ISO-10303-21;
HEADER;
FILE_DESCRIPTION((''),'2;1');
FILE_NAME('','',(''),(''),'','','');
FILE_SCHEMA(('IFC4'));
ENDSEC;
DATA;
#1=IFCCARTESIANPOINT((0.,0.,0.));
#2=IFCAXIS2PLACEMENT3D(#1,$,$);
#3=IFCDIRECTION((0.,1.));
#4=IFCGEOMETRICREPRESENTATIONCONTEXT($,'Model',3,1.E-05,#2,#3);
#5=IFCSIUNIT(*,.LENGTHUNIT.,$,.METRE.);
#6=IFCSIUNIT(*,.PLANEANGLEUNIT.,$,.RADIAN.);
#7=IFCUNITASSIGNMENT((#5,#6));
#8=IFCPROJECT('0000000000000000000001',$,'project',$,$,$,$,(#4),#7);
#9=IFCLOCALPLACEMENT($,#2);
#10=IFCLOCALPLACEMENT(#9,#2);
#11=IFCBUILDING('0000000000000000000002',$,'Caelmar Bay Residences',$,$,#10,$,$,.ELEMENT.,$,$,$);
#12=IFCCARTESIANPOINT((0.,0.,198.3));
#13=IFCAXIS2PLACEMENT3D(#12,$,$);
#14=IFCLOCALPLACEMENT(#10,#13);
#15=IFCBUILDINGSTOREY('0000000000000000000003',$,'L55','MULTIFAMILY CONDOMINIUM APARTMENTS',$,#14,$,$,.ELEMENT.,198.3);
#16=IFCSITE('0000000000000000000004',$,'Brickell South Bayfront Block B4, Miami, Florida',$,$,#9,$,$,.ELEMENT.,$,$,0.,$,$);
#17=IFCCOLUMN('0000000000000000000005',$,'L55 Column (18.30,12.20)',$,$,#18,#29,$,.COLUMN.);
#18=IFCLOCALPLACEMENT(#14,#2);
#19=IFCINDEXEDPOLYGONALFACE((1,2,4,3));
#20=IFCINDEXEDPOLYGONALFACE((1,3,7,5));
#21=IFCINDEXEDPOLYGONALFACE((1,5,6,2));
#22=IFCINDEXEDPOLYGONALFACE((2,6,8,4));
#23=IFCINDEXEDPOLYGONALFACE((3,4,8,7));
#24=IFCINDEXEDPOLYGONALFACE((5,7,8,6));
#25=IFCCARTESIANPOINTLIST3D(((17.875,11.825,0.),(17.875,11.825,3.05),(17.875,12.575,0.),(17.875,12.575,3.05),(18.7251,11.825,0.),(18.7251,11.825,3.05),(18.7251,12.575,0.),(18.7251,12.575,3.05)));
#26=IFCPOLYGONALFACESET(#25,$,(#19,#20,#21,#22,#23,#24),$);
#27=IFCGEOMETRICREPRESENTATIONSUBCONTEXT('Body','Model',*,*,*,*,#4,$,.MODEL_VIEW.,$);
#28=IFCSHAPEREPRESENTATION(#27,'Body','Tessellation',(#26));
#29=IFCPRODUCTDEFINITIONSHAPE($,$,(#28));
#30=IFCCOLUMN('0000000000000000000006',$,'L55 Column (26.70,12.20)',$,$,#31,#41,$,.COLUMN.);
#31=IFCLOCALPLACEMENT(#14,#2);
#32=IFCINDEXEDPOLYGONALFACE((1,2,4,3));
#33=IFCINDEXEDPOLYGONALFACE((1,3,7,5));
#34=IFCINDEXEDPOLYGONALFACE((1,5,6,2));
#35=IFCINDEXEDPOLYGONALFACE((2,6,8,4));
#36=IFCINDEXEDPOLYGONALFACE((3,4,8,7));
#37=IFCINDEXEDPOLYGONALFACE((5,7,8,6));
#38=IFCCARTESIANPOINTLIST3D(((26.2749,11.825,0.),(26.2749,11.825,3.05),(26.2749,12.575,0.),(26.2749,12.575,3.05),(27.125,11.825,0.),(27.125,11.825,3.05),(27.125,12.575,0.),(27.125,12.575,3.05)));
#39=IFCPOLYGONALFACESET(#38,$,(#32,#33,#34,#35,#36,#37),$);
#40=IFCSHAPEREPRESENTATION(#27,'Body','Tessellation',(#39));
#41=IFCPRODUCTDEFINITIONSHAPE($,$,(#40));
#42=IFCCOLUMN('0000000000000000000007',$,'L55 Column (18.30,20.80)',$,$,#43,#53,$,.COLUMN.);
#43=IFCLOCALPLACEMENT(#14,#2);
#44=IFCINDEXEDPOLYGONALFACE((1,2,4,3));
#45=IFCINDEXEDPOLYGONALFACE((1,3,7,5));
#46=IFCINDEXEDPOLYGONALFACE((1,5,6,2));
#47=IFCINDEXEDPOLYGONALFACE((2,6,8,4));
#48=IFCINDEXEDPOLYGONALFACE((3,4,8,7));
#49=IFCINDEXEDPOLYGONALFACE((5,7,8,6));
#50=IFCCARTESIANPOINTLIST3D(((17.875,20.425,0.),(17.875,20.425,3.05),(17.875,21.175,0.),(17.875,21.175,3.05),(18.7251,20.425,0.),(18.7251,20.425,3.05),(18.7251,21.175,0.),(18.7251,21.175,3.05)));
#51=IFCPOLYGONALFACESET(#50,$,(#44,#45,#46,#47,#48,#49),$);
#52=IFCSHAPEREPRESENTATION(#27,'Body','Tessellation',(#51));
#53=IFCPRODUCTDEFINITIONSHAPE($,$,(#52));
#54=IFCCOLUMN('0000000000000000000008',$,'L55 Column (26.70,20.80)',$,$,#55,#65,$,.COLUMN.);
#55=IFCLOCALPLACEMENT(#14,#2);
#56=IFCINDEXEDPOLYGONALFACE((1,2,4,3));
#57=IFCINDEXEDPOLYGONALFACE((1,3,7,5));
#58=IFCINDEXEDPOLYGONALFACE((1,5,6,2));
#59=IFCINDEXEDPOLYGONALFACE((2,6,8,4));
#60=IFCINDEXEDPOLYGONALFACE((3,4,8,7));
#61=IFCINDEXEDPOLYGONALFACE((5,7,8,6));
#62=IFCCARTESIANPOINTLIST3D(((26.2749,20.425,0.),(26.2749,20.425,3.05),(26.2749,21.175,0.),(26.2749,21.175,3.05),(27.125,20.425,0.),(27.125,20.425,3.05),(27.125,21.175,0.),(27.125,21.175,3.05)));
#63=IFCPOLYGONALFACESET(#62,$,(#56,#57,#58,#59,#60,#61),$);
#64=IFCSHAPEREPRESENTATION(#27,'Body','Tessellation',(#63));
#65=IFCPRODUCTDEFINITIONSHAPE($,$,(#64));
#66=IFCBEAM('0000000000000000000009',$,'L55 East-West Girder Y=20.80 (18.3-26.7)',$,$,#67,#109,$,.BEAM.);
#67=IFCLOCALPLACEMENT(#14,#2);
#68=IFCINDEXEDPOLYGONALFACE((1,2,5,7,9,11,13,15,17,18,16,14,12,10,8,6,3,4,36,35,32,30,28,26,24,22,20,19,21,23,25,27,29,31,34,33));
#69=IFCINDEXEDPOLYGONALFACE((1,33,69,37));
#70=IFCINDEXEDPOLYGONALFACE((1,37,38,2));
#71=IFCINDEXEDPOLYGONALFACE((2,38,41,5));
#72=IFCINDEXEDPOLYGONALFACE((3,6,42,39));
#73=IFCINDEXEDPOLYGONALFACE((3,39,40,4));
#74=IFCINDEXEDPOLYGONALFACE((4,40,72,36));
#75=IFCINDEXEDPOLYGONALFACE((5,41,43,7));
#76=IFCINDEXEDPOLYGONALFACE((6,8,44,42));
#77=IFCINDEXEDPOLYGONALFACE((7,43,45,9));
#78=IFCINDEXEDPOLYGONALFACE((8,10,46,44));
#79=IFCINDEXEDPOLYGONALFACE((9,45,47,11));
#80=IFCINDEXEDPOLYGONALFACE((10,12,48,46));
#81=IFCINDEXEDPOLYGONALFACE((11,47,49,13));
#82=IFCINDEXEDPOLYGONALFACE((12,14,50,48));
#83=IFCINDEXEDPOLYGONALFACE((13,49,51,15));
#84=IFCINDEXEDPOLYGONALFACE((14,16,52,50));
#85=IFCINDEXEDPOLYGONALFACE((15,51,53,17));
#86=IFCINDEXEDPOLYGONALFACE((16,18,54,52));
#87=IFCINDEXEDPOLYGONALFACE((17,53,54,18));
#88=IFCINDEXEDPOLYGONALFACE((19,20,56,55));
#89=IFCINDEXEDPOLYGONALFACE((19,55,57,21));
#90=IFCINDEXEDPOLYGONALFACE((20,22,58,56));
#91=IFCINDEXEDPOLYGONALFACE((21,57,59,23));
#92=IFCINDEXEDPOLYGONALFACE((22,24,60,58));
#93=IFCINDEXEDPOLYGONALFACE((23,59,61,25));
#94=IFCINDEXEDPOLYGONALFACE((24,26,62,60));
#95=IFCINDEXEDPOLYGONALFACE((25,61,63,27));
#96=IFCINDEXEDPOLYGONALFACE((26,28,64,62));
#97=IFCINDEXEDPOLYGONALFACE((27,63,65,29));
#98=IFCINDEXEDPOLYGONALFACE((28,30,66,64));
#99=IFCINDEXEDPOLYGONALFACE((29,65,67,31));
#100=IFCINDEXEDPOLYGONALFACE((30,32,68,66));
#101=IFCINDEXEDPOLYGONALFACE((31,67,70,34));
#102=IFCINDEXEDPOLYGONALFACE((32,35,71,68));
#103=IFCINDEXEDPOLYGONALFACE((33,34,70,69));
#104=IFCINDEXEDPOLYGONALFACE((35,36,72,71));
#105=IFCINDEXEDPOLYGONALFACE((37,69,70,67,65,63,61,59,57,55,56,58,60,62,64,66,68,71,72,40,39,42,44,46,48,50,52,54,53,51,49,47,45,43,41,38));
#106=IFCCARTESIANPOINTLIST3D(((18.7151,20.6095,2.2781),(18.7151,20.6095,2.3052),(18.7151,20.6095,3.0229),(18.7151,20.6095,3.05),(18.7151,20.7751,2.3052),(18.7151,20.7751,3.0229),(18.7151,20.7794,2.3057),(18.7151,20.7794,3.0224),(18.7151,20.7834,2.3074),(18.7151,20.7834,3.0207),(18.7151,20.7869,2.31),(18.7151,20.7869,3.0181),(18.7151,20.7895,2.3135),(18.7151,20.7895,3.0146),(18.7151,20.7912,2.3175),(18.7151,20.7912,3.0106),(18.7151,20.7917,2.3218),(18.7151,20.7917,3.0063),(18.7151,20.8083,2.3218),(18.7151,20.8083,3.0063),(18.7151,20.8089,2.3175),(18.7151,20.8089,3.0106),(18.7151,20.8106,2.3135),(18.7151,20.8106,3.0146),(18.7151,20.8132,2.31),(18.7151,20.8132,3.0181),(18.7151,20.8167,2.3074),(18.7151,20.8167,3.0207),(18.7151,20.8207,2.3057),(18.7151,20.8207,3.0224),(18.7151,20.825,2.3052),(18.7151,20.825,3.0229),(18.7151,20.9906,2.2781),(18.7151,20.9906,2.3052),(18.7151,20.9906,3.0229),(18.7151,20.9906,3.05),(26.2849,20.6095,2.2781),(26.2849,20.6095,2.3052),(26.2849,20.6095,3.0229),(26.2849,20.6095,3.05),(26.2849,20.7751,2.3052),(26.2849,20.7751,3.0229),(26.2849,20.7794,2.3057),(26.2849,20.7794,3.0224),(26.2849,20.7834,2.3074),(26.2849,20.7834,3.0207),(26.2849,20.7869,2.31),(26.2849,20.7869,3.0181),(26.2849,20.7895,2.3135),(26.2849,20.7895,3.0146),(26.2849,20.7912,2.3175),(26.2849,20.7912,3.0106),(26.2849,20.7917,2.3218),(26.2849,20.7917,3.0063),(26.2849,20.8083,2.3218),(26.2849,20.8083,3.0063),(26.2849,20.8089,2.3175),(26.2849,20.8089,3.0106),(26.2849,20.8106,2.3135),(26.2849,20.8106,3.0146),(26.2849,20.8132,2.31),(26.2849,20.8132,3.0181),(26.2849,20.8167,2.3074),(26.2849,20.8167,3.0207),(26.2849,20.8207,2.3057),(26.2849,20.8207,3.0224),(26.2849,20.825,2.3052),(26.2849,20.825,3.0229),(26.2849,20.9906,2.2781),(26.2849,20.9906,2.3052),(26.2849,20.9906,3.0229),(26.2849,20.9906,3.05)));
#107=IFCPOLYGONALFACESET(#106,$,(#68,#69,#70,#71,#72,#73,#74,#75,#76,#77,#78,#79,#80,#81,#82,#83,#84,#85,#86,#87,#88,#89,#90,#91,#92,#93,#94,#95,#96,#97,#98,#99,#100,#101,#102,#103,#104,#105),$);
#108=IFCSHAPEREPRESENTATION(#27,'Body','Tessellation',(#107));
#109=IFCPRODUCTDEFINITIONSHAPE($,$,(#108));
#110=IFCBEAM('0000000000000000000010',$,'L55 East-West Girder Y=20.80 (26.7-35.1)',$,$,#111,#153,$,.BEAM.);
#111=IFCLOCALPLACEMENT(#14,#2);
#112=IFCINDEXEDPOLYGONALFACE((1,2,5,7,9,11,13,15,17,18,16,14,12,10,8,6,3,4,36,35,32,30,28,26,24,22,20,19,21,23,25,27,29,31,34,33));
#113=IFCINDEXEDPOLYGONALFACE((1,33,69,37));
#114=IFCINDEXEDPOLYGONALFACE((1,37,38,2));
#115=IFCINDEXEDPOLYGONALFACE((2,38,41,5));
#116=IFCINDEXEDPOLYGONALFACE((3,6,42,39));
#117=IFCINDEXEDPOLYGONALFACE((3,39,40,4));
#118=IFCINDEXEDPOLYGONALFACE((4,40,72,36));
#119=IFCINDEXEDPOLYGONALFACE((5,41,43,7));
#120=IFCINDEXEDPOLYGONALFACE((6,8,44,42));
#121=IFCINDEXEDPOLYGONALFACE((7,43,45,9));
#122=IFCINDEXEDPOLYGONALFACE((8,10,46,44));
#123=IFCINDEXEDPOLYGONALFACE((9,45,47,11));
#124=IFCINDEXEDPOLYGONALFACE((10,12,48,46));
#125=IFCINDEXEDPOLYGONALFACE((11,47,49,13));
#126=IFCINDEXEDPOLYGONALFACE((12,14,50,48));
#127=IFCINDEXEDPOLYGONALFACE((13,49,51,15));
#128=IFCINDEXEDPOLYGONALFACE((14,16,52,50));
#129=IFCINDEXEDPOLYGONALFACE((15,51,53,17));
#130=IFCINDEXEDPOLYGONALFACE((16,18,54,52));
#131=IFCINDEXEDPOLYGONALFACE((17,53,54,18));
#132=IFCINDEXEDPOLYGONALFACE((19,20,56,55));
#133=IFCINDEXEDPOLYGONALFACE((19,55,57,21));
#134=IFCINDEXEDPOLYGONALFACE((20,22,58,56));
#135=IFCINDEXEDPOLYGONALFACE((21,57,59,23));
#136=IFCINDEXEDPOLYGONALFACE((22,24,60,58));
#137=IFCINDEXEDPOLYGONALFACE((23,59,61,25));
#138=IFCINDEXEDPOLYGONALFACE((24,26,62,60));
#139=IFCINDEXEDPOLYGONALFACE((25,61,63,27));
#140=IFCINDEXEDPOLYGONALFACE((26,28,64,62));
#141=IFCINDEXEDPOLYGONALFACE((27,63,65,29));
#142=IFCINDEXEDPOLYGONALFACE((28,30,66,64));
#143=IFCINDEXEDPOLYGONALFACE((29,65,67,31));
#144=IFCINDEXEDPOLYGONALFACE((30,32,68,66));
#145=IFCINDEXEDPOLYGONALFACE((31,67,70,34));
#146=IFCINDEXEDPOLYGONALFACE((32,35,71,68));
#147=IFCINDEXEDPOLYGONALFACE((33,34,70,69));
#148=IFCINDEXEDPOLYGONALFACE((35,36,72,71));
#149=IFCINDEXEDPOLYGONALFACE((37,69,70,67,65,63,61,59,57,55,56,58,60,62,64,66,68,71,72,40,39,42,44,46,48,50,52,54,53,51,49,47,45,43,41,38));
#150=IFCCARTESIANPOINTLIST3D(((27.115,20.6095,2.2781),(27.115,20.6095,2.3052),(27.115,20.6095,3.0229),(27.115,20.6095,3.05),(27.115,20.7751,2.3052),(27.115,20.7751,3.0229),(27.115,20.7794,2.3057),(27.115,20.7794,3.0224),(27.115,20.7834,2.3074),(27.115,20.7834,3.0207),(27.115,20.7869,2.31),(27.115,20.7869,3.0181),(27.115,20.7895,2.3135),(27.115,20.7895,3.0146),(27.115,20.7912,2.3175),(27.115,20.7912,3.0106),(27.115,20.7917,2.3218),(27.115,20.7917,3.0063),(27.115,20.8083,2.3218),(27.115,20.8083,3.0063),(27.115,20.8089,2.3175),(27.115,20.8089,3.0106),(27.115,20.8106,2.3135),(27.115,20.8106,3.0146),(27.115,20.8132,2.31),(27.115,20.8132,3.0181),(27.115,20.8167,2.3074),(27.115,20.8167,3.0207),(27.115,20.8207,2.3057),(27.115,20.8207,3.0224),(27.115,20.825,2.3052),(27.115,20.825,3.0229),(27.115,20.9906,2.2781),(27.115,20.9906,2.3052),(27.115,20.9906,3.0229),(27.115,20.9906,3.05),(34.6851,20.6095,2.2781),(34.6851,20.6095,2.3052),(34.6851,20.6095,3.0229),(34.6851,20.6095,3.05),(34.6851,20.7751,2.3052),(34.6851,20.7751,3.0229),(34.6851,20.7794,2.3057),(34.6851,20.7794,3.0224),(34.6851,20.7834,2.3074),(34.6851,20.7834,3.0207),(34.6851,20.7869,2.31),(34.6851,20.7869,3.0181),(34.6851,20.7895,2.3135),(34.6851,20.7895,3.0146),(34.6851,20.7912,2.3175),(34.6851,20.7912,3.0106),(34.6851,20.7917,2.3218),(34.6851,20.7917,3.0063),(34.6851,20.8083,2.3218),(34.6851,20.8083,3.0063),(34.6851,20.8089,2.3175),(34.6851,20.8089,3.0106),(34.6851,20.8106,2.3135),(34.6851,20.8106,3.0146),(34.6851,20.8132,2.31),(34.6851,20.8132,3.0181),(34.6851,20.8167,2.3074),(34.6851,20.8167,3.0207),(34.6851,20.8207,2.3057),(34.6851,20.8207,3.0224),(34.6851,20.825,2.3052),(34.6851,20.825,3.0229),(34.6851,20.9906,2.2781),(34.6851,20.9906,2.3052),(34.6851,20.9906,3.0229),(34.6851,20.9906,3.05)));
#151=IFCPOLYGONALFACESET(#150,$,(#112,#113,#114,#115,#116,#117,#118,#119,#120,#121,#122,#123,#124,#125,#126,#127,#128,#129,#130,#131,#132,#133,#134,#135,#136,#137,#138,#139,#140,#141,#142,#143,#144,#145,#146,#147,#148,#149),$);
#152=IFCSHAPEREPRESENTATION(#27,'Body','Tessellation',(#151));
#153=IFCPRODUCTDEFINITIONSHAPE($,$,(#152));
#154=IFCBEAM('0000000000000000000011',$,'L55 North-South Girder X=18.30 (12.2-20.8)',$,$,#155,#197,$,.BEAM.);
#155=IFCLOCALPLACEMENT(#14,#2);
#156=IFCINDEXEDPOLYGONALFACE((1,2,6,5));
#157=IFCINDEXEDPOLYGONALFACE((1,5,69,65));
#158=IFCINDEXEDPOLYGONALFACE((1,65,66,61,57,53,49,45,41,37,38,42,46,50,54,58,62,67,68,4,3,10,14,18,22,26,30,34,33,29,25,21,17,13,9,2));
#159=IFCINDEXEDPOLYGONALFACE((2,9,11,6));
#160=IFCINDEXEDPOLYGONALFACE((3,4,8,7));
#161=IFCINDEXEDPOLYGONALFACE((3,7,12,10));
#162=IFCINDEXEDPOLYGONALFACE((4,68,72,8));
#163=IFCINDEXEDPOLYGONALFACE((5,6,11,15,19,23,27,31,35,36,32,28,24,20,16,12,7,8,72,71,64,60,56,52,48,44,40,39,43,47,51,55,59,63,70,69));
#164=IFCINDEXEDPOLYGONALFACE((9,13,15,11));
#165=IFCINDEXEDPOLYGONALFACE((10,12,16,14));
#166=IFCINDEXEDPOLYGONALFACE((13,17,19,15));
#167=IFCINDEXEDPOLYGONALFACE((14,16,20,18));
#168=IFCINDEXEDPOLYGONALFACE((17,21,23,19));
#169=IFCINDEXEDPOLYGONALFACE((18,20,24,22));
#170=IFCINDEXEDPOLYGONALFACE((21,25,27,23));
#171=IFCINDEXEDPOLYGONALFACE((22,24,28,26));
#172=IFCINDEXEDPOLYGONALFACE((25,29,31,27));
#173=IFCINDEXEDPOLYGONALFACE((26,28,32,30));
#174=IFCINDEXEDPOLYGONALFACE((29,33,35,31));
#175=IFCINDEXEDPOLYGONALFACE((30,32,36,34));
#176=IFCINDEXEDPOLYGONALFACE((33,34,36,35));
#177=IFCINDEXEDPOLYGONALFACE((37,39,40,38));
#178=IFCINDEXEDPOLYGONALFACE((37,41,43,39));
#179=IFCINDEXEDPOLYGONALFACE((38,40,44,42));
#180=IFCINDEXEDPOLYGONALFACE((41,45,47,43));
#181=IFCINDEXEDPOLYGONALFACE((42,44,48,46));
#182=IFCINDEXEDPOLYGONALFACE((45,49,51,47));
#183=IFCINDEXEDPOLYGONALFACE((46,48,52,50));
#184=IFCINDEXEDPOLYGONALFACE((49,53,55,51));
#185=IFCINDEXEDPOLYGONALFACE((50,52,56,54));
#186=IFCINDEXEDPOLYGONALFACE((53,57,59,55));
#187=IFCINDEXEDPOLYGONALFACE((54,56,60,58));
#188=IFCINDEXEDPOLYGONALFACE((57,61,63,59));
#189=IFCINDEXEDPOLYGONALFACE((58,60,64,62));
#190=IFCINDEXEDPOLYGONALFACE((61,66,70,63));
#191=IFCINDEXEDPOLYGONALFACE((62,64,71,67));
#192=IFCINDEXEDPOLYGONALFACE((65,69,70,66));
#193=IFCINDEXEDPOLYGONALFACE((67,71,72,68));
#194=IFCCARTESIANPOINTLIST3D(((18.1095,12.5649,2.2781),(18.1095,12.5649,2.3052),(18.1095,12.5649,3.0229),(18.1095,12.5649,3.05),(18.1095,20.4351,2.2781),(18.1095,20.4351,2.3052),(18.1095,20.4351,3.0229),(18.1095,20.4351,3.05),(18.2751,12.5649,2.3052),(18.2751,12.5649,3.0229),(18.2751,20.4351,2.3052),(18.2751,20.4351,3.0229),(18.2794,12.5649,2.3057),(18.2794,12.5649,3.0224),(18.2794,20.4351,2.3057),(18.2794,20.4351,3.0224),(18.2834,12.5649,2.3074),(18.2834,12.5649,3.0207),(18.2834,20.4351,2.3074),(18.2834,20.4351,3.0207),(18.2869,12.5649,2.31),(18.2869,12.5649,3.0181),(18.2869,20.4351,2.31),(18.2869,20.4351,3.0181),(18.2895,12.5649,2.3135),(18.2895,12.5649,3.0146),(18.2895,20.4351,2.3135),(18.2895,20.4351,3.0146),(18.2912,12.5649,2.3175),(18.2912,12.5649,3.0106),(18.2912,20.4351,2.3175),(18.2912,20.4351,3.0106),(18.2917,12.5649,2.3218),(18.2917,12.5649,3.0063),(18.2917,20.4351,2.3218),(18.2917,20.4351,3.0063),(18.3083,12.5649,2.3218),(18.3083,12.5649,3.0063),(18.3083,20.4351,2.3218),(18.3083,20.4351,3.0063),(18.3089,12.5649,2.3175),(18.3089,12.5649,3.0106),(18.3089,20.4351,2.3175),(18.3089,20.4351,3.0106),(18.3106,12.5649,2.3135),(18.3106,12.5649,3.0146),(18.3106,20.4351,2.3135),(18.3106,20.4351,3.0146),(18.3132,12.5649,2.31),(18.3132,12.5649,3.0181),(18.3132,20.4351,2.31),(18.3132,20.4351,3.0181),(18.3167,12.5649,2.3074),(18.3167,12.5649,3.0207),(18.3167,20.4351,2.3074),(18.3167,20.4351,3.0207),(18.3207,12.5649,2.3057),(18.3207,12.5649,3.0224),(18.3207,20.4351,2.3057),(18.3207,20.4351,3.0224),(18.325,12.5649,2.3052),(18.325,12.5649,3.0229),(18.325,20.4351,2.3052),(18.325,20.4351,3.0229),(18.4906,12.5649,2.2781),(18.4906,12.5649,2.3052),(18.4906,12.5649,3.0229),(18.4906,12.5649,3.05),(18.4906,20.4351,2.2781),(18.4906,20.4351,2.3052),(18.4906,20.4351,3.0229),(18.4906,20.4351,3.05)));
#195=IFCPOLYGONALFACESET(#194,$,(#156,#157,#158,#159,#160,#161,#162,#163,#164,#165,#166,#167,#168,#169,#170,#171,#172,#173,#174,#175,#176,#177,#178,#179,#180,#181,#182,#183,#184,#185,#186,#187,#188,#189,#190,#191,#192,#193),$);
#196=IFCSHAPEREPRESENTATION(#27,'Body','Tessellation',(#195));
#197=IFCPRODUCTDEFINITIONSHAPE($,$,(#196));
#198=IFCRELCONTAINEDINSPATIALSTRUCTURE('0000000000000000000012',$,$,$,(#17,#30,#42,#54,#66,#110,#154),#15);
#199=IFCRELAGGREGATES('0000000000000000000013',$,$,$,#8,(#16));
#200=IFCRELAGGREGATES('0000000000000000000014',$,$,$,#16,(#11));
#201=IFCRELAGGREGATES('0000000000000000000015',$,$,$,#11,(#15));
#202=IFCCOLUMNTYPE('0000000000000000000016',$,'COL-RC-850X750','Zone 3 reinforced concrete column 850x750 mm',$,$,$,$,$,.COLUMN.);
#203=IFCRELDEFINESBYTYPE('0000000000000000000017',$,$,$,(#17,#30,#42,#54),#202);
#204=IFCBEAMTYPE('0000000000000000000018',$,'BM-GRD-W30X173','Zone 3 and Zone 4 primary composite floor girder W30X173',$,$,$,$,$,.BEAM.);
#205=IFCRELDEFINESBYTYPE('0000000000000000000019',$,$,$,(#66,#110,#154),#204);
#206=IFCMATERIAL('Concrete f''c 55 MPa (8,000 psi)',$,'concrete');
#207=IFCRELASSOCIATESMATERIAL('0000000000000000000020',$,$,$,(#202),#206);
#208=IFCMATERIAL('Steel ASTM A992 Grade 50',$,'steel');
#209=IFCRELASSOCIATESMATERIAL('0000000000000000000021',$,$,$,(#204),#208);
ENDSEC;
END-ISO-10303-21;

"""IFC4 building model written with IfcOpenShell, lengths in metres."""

from ifc_helpers import new_model, si_unit, direction, frame, origin, origin_2d, place, context, subcontext, project, spatial, rectangle, i_section, extrude, material, material_profile, profile_set, type_object, element, save


model = new_model("IFC4")

# Units and contexts
model_context = context("Model", 3, precision=1e-05, world=origin(), true_north=direction((0.0, 1.0)))
body_context = subcontext(model_context, "Body", "Model", "MODEL_VIEW")
ifc_project = project(units=[si_unit("LENGTHUNIT", "METRE"), si_unit("PLANEANGLEUNIT", "RADIAN")], contexts=[model_context])

# Site, building, storey
site_placement = place(None, origin())
site = spatial("IfcSite", under=ifc_project, at=site_placement, Name="Brickell South Bayfront Block B4, Miami, Florida", CompositionType="ELEMENT", RefElevation=0.0)
building_placement = place(site_placement, origin())
building = spatial("IfcBuilding", under=site, at=building_placement, Name="Caelmar Bay Residences", CompositionType="ELEMENT")
storey_placement = place(building_placement, frame((0.0, 0.0, 198.3)))
storey = spatial("IfcBuildingStorey", under=building, at=storey_placement, Name="L55", Description="MULTIFAMILY CONDOMINIUM APARTMENTS", CompositionType="ELEMENT", Elevation=198.3)

# Columns
ifc_material_1 = material(Name="Concrete f'c 55 MPa (8,000 psi)", Category="concrete")
ifc_material_profile_1 = material_profile(ifc_material_1, rectangle(XDim=0.8501, YDim=0.75, at=origin_2d()), Name="RC-COL-850X750")
ifc_profile_set_1 = profile_set([ifc_material_profile_1], Name="Concrete f'c 55 MPa (8,000 psi)")
column_type = type_object("IfcColumnType", Name="COL-RC-850X750", Description="Zone 3 reinforced concrete column 850x750 mm", PredefinedType="COLUMN", material=ifc_profile_set_1)
for number, where, z_axis, x_axis, name in (
    (1, (18.3, 12.2, 0.0), (0.0, 0.0, 1.0), (1.0, 0.0, 0.0), "L55 Column (18.30,12.20)"),
    (2, (26.7, 12.2, 0.0), (0.0, 0.0, 1.0), (1.0, 0.0, 0.0), "L55 Column (26.70,12.20)"),
    (3, (18.3, 20.8, 0.0), (0.0, 0.0, 1.0), (1.0, 0.0, 0.0), "L55 Column (18.30,20.80)"),
    (4, (26.7, 20.8, 0.0), (0.0, 0.0, 1.0), (1.0, 0.0, 0.0), "L55 Column (26.70,20.80)"),
):
    element("IfcColumn", number, at=place(storey_placement, frame(where, z_axis=z_axis, x_axis=x_axis)), inside=storey, type_object=column_type, Name=name, PredefinedType="COLUMN", context=body_context, shape_type="SweptSolid", body=[
        extrude(rectangle(XDim=0.8501, YDim=0.75, at=origin_2d()), origin(), (0.0, 0.0, 1.0), 3.05),
    ])

# Beams
ifc_material_2 = material(Name="Steel ASTM A992 Grade 50", Category="steel")
ifc_material_profile_2 = material_profile(ifc_material_2, i_section(OverallWidth=0.3811, OverallDepth=0.772, WebThickness=0.0166, FlangeThickness=0.0271, FilletRadius=0.0166, at=origin_2d()), Name="W30X173")
ifc_profile_set_2 = profile_set([ifc_material_profile_2], Name="Steel ASTM A992 Grade 50")
beam_type_1 = type_object("IfcBeamType", Name="BM-GRD-W30X173", Description="Zone 3 and Zone 4 primary composite floor girder W30X173", PredefinedType="BEAM", material=ifc_profile_set_2)
beam_1_placement = place(storey_placement, frame((18.7151, 20.8, 2.6641), z_axis=(1.0, 0.0, 0.0), x_axis=(0.0, 1.0, 0.0)))
element("IfcBeam", 5, at=beam_1_placement, inside=storey, type_object=beam_type_1, Name="L55 East-West Girder Y=20.80 (18.3-26.7)", PredefinedType="BEAM", context=body_context, shape_type="SweptSolid", body=[
    extrude(i_section(OverallWidth=0.3811, OverallDepth=0.772, WebThickness=0.0166, FlangeThickness=0.0271, FilletRadius=0.0166, at=origin_2d()), origin(), (0.0, 0.0, 1.0), 7.5698),
])
beam_2_placement = place(storey_placement, frame((27.115, 20.8, 2.6641), z_axis=(1.0, 0.0, 0.0), x_axis=(0.0, 1.0, 0.0)))
element("IfcBeam", 6, at=beam_2_placement, inside=storey, type_object=beam_type_1, Name="L55 East-West Girder Y=20.80 (26.7-35.1)", PredefinedType="BEAM", context=body_context, shape_type="SweptSolid", body=[
    extrude(i_section(OverallWidth=0.3811, OverallDepth=0.772, WebThickness=0.0166, FlangeThickness=0.0271, FilletRadius=0.0166, at=origin_2d()), origin(), (0.0, 0.0, 1.0), 7.5701),
])
beam_3_placement = place(storey_placement, frame((18.3, 12.5649, 2.6641), z_axis=(0.0, 1.0, 0.0), x_axis=(-1.0, 0.0, 0.0)))
element("IfcBeam", 7, at=beam_3_placement, inside=storey, type_object=beam_type_1, Name="L55 North-South Girder X=18.30 (12.2-20.8)", PredefinedType="BEAM", context=body_context, shape_type="SweptSolid", body=[
    extrude(i_section(OverallWidth=0.3811, OverallDepth=0.772, WebThickness=0.0166, FlangeThickness=0.0271, FilletRadius=0.0166, at=origin_2d()), origin(), (0.0, 0.0, 1.0), 7.8701),
])

save(model, "model.ifc")
